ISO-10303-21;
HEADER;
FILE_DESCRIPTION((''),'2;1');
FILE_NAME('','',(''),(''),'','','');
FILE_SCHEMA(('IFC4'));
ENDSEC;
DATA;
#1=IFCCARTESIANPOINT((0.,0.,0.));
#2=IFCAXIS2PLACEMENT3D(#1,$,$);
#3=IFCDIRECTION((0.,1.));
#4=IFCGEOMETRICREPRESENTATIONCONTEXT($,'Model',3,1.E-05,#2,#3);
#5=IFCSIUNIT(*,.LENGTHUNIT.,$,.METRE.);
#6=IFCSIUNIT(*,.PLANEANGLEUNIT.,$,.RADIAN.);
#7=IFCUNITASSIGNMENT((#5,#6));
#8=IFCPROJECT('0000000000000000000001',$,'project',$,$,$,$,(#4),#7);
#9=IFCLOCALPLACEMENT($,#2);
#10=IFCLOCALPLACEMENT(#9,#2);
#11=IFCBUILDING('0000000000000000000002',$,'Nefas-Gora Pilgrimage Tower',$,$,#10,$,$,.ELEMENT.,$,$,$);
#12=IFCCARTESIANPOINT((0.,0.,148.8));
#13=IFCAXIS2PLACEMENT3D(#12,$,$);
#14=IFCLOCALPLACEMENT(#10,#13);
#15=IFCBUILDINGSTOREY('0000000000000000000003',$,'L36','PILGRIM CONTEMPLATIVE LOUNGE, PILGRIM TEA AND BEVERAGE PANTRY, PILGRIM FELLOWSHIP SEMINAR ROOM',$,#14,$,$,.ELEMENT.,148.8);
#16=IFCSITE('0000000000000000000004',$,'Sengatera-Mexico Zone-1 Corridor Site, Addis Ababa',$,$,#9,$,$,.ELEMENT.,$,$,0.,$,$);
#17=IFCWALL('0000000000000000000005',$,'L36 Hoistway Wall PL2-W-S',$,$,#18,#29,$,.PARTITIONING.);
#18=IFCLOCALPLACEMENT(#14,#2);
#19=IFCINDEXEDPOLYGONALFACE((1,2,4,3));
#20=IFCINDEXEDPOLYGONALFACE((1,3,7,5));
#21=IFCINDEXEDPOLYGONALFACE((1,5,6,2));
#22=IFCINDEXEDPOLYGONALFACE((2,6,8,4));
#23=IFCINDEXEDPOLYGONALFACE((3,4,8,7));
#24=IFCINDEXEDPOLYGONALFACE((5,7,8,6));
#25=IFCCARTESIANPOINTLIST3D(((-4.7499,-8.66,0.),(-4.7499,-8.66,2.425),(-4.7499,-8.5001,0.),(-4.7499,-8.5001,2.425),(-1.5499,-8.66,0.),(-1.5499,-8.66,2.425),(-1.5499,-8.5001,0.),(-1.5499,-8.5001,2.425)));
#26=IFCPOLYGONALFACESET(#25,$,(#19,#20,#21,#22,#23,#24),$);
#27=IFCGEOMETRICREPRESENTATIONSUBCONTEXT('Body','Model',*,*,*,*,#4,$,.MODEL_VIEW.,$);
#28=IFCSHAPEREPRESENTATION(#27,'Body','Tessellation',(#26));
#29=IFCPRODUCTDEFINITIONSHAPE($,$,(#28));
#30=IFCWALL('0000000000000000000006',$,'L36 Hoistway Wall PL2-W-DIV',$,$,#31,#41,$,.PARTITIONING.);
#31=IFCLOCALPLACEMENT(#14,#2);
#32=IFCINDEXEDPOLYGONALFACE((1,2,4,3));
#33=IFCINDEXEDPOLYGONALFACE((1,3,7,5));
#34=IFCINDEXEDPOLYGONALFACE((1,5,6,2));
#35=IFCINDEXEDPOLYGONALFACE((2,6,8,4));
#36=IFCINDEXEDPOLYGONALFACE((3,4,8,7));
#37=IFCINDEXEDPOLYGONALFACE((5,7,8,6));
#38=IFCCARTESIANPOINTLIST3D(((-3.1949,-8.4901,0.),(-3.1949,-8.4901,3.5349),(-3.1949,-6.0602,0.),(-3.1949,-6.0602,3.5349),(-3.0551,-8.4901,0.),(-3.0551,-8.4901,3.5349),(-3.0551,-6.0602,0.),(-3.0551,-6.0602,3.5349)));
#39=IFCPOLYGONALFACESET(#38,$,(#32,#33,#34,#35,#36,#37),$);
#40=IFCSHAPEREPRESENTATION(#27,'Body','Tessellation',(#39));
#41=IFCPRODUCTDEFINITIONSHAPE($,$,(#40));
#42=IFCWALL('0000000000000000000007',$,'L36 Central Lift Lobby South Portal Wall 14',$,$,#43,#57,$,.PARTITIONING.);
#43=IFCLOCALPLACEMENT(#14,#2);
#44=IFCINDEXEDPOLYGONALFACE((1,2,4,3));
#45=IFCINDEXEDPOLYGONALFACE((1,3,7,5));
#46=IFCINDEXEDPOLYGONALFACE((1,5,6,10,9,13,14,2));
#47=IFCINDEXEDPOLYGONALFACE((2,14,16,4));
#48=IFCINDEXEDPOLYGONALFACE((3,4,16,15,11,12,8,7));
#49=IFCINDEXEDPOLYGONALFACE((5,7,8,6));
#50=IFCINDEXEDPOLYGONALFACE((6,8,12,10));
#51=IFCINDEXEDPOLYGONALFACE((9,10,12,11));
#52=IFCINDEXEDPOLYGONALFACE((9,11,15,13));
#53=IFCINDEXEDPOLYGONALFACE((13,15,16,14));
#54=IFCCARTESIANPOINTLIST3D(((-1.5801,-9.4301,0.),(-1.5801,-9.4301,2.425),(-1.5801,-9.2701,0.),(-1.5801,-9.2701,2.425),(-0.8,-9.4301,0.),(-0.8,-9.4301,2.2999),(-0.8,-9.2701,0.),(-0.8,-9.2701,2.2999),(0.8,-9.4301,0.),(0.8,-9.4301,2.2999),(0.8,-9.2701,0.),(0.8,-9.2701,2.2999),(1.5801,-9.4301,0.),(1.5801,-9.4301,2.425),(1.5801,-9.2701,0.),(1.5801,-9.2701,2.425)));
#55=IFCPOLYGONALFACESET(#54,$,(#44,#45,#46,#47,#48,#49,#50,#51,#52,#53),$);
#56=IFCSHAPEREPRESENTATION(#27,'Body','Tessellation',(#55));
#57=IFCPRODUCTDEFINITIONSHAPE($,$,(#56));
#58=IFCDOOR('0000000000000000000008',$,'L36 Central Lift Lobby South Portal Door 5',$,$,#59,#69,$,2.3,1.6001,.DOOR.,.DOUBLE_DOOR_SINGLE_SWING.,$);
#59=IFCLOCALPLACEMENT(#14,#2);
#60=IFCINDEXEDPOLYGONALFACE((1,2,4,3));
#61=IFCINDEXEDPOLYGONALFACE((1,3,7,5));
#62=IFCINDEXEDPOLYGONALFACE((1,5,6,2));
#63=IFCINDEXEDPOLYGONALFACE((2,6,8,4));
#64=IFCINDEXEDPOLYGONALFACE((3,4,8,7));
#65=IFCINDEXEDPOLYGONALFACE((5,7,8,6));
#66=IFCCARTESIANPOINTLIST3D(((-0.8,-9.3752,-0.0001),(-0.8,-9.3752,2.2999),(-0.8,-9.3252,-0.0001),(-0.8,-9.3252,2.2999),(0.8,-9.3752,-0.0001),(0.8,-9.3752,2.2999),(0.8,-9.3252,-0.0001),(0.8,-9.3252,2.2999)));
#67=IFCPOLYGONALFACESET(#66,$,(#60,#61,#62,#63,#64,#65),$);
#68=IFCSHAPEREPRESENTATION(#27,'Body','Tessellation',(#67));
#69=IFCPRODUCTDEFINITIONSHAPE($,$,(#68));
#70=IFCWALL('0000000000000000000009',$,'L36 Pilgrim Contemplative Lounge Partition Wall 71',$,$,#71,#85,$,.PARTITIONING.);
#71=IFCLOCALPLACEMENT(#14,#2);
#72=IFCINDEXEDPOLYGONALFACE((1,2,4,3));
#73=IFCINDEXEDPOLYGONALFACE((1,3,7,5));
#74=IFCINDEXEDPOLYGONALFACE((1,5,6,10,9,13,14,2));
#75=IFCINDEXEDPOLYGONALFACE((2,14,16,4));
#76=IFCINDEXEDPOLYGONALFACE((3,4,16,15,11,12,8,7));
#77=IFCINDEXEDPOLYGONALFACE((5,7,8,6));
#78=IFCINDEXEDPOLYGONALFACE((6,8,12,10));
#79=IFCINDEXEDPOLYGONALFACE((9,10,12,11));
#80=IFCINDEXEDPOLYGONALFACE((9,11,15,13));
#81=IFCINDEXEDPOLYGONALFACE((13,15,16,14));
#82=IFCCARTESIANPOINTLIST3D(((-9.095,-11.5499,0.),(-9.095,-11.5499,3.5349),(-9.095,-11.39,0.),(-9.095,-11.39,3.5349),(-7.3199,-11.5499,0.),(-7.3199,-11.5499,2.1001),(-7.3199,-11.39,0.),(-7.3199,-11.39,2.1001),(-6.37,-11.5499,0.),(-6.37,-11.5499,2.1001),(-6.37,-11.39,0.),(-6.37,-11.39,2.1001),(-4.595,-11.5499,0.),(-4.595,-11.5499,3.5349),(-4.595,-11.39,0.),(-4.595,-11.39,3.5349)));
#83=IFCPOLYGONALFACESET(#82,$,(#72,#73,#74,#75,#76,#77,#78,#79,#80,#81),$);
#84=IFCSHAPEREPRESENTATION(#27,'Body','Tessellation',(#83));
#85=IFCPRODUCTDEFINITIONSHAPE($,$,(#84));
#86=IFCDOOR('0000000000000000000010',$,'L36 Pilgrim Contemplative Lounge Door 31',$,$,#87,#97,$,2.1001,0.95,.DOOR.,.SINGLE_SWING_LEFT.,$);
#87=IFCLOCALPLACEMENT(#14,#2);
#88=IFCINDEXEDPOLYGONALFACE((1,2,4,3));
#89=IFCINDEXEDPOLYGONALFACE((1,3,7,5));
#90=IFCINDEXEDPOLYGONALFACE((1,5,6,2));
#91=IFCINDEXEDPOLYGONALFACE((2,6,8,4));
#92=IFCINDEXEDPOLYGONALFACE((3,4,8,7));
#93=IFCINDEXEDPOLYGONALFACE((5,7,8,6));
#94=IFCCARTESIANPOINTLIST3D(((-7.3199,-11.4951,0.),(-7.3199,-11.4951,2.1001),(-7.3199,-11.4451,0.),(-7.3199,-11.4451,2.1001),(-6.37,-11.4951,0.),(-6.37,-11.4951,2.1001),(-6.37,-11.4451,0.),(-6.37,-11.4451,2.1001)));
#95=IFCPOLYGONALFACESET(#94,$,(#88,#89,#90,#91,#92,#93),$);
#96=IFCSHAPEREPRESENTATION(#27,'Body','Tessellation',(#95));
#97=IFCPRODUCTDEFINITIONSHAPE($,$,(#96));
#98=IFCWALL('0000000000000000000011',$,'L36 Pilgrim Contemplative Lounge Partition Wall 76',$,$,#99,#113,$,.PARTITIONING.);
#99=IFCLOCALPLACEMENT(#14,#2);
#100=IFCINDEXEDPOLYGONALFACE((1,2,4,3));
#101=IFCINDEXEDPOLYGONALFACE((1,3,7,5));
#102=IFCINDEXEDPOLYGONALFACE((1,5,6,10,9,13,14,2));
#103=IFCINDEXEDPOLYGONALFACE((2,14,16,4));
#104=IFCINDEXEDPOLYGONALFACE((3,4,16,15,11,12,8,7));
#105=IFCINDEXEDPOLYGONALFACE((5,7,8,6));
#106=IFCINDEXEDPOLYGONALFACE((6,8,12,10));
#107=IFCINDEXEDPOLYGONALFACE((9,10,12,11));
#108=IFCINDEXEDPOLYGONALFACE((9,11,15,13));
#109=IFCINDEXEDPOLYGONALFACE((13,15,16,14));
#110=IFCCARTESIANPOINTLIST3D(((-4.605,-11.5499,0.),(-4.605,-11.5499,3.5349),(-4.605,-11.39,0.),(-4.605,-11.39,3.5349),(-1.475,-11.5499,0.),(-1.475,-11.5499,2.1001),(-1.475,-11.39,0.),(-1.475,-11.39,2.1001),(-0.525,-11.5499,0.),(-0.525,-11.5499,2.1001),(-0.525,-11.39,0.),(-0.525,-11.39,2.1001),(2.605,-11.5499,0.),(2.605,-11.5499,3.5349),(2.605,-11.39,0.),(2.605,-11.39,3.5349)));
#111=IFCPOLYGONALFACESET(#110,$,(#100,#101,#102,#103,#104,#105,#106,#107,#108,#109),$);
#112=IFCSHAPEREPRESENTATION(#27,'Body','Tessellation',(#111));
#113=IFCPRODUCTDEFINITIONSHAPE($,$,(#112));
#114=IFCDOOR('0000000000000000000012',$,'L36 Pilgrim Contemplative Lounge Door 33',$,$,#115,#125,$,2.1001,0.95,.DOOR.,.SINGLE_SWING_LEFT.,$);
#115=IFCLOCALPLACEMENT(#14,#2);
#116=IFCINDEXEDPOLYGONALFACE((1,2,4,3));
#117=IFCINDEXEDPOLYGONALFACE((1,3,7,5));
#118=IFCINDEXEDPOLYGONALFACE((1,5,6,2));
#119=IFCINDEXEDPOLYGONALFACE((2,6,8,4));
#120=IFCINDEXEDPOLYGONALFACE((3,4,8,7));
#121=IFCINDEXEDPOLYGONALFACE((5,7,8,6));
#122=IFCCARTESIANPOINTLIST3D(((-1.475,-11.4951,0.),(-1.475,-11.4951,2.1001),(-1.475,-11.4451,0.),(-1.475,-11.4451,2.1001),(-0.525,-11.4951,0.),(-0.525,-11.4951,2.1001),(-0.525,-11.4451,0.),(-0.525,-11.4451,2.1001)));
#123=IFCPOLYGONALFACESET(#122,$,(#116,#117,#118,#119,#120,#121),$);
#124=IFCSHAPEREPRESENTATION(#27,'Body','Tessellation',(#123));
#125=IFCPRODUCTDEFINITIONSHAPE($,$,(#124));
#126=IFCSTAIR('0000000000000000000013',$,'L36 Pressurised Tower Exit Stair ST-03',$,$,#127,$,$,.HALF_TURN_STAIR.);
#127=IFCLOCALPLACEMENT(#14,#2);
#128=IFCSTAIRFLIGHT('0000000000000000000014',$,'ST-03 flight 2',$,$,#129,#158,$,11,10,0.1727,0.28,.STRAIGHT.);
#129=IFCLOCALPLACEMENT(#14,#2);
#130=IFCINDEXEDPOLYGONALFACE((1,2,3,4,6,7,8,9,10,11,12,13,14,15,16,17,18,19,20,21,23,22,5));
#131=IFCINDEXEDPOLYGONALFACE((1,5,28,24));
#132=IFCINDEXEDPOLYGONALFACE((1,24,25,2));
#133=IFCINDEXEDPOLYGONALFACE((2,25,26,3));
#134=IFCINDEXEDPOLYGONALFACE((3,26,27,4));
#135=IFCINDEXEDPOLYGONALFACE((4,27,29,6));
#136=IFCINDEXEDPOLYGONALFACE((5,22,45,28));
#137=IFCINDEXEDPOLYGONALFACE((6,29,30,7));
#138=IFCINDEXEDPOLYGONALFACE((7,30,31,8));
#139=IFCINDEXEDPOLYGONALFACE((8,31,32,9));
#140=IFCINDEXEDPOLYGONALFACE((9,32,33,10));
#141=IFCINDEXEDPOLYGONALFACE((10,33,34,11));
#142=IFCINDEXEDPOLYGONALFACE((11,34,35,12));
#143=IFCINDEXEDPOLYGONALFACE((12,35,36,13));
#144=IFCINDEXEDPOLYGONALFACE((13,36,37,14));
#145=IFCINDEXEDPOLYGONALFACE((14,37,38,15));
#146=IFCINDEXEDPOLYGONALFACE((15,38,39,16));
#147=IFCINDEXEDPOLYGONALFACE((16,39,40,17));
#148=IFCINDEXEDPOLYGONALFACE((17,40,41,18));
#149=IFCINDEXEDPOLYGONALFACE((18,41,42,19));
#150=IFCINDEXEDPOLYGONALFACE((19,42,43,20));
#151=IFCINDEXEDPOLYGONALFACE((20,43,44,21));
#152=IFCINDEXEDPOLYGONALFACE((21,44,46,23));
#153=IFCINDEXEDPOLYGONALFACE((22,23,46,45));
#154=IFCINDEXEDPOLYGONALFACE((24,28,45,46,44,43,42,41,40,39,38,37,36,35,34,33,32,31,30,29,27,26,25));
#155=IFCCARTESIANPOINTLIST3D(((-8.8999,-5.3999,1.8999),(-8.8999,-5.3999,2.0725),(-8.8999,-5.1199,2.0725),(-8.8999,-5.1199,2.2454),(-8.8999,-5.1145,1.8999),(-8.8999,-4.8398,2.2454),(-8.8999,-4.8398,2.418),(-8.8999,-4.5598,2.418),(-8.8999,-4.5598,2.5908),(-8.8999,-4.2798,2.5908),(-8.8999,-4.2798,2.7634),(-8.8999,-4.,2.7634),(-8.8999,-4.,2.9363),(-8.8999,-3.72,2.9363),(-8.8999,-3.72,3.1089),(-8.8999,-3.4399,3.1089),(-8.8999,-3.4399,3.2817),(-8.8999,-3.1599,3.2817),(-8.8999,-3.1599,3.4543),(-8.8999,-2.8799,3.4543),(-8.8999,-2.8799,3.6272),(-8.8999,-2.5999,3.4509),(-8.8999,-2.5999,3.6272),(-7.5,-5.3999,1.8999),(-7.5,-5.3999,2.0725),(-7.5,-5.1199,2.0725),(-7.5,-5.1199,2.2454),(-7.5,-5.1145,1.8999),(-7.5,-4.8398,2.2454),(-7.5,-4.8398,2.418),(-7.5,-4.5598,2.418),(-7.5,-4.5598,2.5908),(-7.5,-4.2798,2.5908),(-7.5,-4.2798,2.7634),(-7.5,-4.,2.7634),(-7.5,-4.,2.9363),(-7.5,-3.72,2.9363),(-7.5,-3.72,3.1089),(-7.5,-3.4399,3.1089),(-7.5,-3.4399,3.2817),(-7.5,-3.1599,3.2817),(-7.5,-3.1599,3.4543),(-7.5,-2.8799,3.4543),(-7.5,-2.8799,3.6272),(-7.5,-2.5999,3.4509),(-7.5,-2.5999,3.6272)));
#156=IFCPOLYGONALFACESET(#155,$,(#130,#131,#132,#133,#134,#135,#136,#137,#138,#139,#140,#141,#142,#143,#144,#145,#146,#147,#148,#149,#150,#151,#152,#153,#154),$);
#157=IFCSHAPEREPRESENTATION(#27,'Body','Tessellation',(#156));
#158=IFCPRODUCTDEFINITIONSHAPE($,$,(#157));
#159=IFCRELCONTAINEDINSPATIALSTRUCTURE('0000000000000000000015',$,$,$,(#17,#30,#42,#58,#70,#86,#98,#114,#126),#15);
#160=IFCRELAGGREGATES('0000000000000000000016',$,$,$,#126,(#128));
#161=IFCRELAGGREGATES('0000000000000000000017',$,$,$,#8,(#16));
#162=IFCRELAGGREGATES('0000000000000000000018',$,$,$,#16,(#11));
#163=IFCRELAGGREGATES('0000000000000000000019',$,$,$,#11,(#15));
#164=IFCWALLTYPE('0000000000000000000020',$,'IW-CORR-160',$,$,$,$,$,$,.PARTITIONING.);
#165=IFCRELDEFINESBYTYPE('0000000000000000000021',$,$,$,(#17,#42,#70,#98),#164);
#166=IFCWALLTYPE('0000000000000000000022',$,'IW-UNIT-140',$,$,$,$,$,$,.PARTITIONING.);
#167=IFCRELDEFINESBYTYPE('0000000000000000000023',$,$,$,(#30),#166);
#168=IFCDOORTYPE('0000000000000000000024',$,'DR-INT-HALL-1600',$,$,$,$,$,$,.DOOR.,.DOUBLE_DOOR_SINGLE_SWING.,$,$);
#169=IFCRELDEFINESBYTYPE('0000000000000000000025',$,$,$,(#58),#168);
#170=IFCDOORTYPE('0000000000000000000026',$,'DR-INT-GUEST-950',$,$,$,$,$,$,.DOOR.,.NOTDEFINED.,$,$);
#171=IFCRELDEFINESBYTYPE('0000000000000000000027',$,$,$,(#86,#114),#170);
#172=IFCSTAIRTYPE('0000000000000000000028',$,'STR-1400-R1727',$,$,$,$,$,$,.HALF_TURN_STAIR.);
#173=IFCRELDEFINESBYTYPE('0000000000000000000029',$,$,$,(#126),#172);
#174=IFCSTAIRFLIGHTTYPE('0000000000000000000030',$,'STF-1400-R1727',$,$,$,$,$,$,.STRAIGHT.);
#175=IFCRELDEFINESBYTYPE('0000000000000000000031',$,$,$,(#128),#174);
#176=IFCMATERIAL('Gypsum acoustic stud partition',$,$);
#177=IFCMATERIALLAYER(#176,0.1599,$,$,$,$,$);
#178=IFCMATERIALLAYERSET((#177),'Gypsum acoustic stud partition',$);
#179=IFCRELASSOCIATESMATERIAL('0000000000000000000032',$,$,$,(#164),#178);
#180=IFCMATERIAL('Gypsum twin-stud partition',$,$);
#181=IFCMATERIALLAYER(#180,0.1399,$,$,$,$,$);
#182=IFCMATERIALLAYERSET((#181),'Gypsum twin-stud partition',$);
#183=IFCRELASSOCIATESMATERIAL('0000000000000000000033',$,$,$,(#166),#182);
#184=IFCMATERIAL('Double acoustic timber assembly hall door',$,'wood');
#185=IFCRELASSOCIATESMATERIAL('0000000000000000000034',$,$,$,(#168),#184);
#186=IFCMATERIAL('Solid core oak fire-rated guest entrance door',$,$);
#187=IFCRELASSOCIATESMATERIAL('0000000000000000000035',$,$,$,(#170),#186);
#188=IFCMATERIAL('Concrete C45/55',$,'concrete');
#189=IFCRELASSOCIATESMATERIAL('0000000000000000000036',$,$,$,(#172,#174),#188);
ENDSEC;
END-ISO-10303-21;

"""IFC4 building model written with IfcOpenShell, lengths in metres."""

from ifc_helpers import new_model, si_unit, direction, frame, frame_2d, origin, place, context, subcontext, project, spatial, polyline, rectangle, outline, extrude, source, transform, mapped, material, layer, layer_set, type_object, element, fill, aggregate, save


model = new_model("IFC4")

# Units and contexts
model_context = context("Model", 3, precision=1e-05, world=origin(), true_north=direction((0.0, 1.0)))
body_context = subcontext(model_context, "Body", "Model", "MODEL_VIEW")
ifc_project = project(units=[si_unit("LENGTHUNIT", "METRE"), si_unit("PLANEANGLEUNIT", "RADIAN")], contexts=[model_context])

# Site, building, storey
site_placement = place(None, origin())
site = spatial("IfcSite", under=ifc_project, at=site_placement, Name="Sengatera-Mexico Zone-1 Corridor Site, Addis Ababa", CompositionType="ELEMENT", RefElevation=0.0)
building_placement = place(site_placement, origin())
building = spatial("IfcBuilding", under=site, at=building_placement, Name="Nefas-Gora Pilgrimage Tower", CompositionType="ELEMENT")
storey_placement = place(building_placement, frame((0.0, 0.0, 148.8)))
storey = spatial("IfcBuildingStorey", under=building, at=storey_placement, Name="L36", Description="PILGRIM CONTEMPLATIVE LOUNGE, PILGRIM TEA AND BEVERAGE PANTRY, PILGRIM FELLOWSHIP SEMINAR ROOM", CompositionType="ELEMENT", Elevation=148.8)

# Shared definitions
ifc_material_1 = material(Name="Concrete C45/55", Category="concrete")

# Walls
ifc_material_2 = material(Name="Gypsum acoustic stud partition")
ifc_layer_1 = layer(ifc_material_2, 0.1599)
ifc_layer_set_1 = layer_set([ifc_layer_1], Name="Gypsum acoustic stud partition")
wall_type_1 = type_object("IfcWallType", Name="IW-CORR-160", PredefinedType="PARTITIONING", material=ifc_layer_set_1)
shared_shape_1 = source(origin(), body_context, "Body", "SweptSolid", [
    extrude(rectangle(XDim=3.2, YDim=0.1599, at=frame_2d((1.6001, 0.0))), origin(), (0.0, 0.0, 1.0), 2.425),
])
wall_1_placement = place(storey_placement, frame((-4.75, -8.5801, 0.0), z_axis=(0.0, 0.0, 1.0), x_axis=(1.0, 0.0, 0.0)))
element("IfcWall", 1, at=wall_1_placement, inside=storey, type_object=wall_type_1, Name="L36 Hoistway Wall PL2-W-S", PredefinedType="PARTITIONING", context=body_context, shape_type="MappedRepresentation", body=[
    mapped(shared_shape_1, transform((0.0, 0.0, 0.0), x_axis=(1.0, 0.0, 0.0), y_axis=(0.0, 1.0, 0.0), z_axis=(0.0, 0.0, 1.0), scale=1.0)),
])
ifc_material_3 = material(Name="Gypsum twin-stud partition")
ifc_layer_2 = layer(ifc_material_3, 0.1399)
ifc_layer_set_2 = layer_set([ifc_layer_2], Name="Gypsum twin-stud partition")
wall_type_2 = type_object("IfcWallType", Name="IW-UNIT-140", PredefinedType="PARTITIONING", material=ifc_layer_set_2)
shared_shape_2 = source(origin(), body_context, "Body", "SweptSolid", [
    extrude(rectangle(XDim=2.4299, YDim=0.1399, at=frame_2d((1.2148, 0.0))), origin(), (0.0, 0.0, 1.0), 3.5349),
])
wall_2_placement = place(storey_placement, frame((-3.125, -8.49, 0.0), z_axis=(0.0, 0.0, 1.0), x_axis=(0.0, 1.0, 0.0)))
element("IfcWall", 2, at=wall_2_placement, inside=storey, type_object=wall_type_2, Name="L36 Hoistway Wall PL2-W-DIV", PredefinedType="PARTITIONING", context=body_context, shape_type="MappedRepresentation", body=[
    mapped(shared_shape_2, transform((0.0, 0.0, 0.0), x_axis=(1.0, 0.0, 0.0), y_axis=(0.0, 1.0, 0.0), z_axis=(0.0, 0.0, 1.0), scale=1.0)),
])

# Walls, openings, doors
shared_shape_3 = source(origin(), body_context, "Body", "SweptSolid", [
    extrude(rectangle(XDim=3.1602, YDim=0.1599, at=frame_2d((1.5801, 0.0))), origin(), (0.0, 0.0, 1.0), 2.425),
])
wall_3_placement = place(storey_placement, frame((-1.5801, -9.3501, 0.0), z_axis=(0.0, 0.0, 1.0), x_axis=(1.0, 0.0, 0.0)))
wall_3 = element("IfcWall", 3, at=wall_3_placement, inside=storey, type_object=wall_type_1, Name="L36 Central Lift Lobby South Portal Wall 14", PredefinedType="PARTITIONING", context=body_context, shape_type="MappedRepresentation", body=[
    mapped(shared_shape_3, transform((0.0, 0.0, 0.0), x_axis=(1.0, 0.0, 0.0), y_axis=(0.0, 1.0, 0.0), z_axis=(0.0, 0.0, 1.0), scale=1.0)),
])
opening_1_placement = place(wall_3_placement, frame((0.78, 0.0, 0.0)))
opening_1 = element("IfcOpeningElement", 4, at=opening_1_placement, cuts=wall_3, PredefinedType="OPENING", context=body_context, shape_type="SweptSolid", body=[
    extrude(rectangle(XDim=1.6001, YDim=2.3, at=frame_2d((0.8, 1.1499))), frame((0.0, 0.0898, 0.0), z_axis=(0.0, -1.0, 0.0), x_axis=(1.0, 0.0, 0.0)), (0.0, 0.0, 1.0), 0.1799),
])
ifc_material_4 = material(Name="Double acoustic timber assembly hall door", Category="wood")
door_type_1 = type_object("IfcDoorType", Name="DR-INT-HALL-1600", OperationType="DOUBLE_DOOR_SINGLE_SWING", PredefinedType="DOOR", material=ifc_material_4)
shared_shape_4 = source(origin(), body_context, "Body", "SweptSolid", [
    extrude(rectangle(XDim=1.6001, YDim=2.3, at=frame_2d((0.8, 1.1499))), frame((0.0, 0.0249, 0.0), z_axis=(0.0, -1.0, 0.0), x_axis=(1.0, 0.0, 0.0)), (0.0, 0.0, 1.0), 0.05),
])
door_1_placement = place(opening_1_placement, origin())
door_1 = element("IfcDoor", 5, at=door_1_placement, inside=storey, type_object=door_type_1, Name="L36 Central Lift Lobby South Portal Door 5", OperationType="DOUBLE_DOOR_SINGLE_SWING", OverallHeight=2.3, OverallWidth=1.6001, PredefinedType="DOOR", context=body_context, shape_type="MappedRepresentation", body=[
    mapped(shared_shape_4, transform((0.0, 0.0, 0.0), x_axis=(1.0, 0.0, 0.0), y_axis=(0.0, 1.0, 0.0), z_axis=(0.0, 0.0, 1.0), scale=1.0)),
])
fill(opening_1, door_1)
shared_shape_5 = source(origin(), body_context, "Body", "SweptSolid", [
    extrude(rectangle(XDim=4.5, YDim=0.1599, at=frame_2d((2.25, 0.0))), origin(), (0.0, 0.0, 1.0), 3.5349),
])
wall_4_placement = place(storey_placement, frame((-9.095, -11.47, 0.0), z_axis=(0.0, 0.0, 1.0), x_axis=(1.0, 0.0, 0.0)))
wall_4 = element("IfcWall", 6, at=wall_4_placement, inside=storey, type_object=wall_type_1, Name="L36 Pilgrim Contemplative Lounge Partition Wall 71", PredefinedType="PARTITIONING", context=body_context, shape_type="MappedRepresentation", body=[
    mapped(shared_shape_5, transform((0.0, 0.0, 0.0), x_axis=(1.0, 0.0, 0.0), y_axis=(0.0, 1.0, 0.0), z_axis=(0.0, 0.0, 1.0), scale=1.0)),
])
opening_2_placement = place(wall_4_placement, frame((1.7749, 0.0, 0.0)))
opening_2 = element("IfcOpeningElement", 7, at=opening_2_placement, cuts=wall_4, PredefinedType="OPENING", context=body_context, shape_type="SweptSolid", body=[
    extrude(rectangle(XDim=0.95, YDim=2.1001, at=frame_2d((0.4751, 1.05))), frame((0.0, 0.0898, 0.0), z_axis=(0.0, -1.0, 0.0), x_axis=(1.0, 0.0, 0.0)), (0.0, 0.0, 1.0), 0.1799),
])
ifc_material_5 = material(Name="Solid core oak fire-rated guest entrance door")
door_type_2 = type_object("IfcDoorType", Name="DR-INT-GUEST-950", OperationType="NOTDEFINED", PredefinedType="DOOR", material=ifc_material_5)
shared_shape_6 = source(origin(), body_context, "Body", "SweptSolid", [
    extrude(rectangle(XDim=0.95, YDim=2.1001, at=frame_2d((0.4751, 1.05))), frame((0.0, 0.0249, 0.0), z_axis=(0.0, -1.0, 0.0), x_axis=(1.0, 0.0, 0.0)), (0.0, 0.0, 1.0), 0.05),
])
door_2_placement = place(opening_2_placement, origin())
door_2 = element("IfcDoor", 8, at=door_2_placement, inside=storey, type_object=door_type_2, Name="L36 Pilgrim Contemplative Lounge Door 31", OperationType="SINGLE_SWING_LEFT", OverallHeight=2.1001, OverallWidth=0.95, PredefinedType="DOOR", context=body_context, shape_type="MappedRepresentation", body=[
    mapped(shared_shape_6, transform((0.0, 0.0, 0.0), x_axis=(1.0, 0.0, 0.0), y_axis=(0.0, 1.0, 0.0), z_axis=(0.0, 0.0, 1.0), scale=1.0)),
])
fill(opening_2, door_2)
shared_shape_7 = source(origin(), body_context, "Body", "SweptSolid", [
    extrude(rectangle(XDim=7.21, YDim=0.1599, at=frame_2d((3.605, 0.0))), origin(), (0.0, 0.0, 1.0), 3.5349),
])
wall_5_placement = place(storey_placement, frame((-4.605, -11.47, 0.0), z_axis=(0.0, 0.0, 1.0), x_axis=(1.0, 0.0, 0.0)))
wall_5 = element("IfcWall", 9, at=wall_5_placement, inside=storey, type_object=wall_type_1, Name="L36 Pilgrim Contemplative Lounge Partition Wall 76", PredefinedType="PARTITIONING", context=body_context, shape_type="MappedRepresentation", body=[
    mapped(shared_shape_7, transform((0.0, 0.0, 0.0), x_axis=(1.0, 0.0, 0.0), y_axis=(0.0, 1.0, 0.0), z_axis=(0.0, 0.0, 1.0), scale=1.0)),
])
opening_3_placement = place(wall_5_placement, frame((3.1299, 0.0, 0.0)))
opening_3 = element("IfcOpeningElement", 10, at=opening_3_placement, cuts=wall_5, PredefinedType="OPENING", context=body_context, shape_type="SweptSolid", body=[
    extrude(rectangle(XDim=0.95, YDim=2.1001, at=frame_2d((0.4751, 1.05))), frame((0.0, 0.0898, 0.0), z_axis=(0.0, -1.0, 0.0), x_axis=(1.0, 0.0, 0.0)), (0.0, 0.0, 1.0), 0.1799),
])
door_3_placement = place(opening_3_placement, origin())
door_3 = element("IfcDoor", 11, at=door_3_placement, inside=storey, type_object=door_type_2, Name="L36 Pilgrim Contemplative Lounge Door 33", OperationType="SINGLE_SWING_LEFT", OverallHeight=2.1001, OverallWidth=0.95, PredefinedType="DOOR", context=body_context, shape_type="MappedRepresentation", body=[
    mapped(shared_shape_6, transform((0.0, 0.0, 0.0), x_axis=(1.0, 0.0, 0.0), y_axis=(0.0, 1.0, 0.0), z_axis=(0.0, 0.0, 1.0), scale=1.0)),
])
fill(opening_3, door_3)

# Stair, stair flight
stair_type = type_object("IfcStairType", Name="STR-1400-R1727", PredefinedType="HALF_TURN_STAIR", material=ifc_material_1)
stair_placement = place(storey_placement, origin())
stair = element("IfcStair", 12, at=stair_placement, inside=storey, type_object=stair_type, Name="L36 Pressurised Tower Exit Stair ST-03", PredefinedType="HALF_TURN_STAIR")
stair_flight_type = type_object("IfcStairFlightType", Name="STF-1400-R1727", PredefinedType="STRAIGHT", material=ifc_material_1)
shared_shape_8 = source(origin(), body_context, "Body", "SweptSolid", [
    extrude(outline(polyline([(0.0, 0.0), (0.0, 0.1726), (0.28, 0.1726), (0.28, 0.3455), (0.5601, 0.3455), (0.5601, 0.5181), (0.8401, 0.5181), (0.8401, 0.6909), (1.1201, 0.6909), (1.1201, 0.8635), (1.3999, 0.8635), (1.3999, 1.0364), (1.6799, 1.0364), (1.6799, 1.209), (1.96, 1.209), (1.96, 1.3818), (2.24, 1.3818), (2.24, 1.5544), (2.52, 1.5544), (2.52, 1.7273), (2.8, 1.7273), (2.8, 1.8999), (2.8, 1.551), (0.2854, 0.0), (0.0, 0.0)])), frame((0.0, 0.7, 0.0), z_axis=(0.0, -1.0, 0.0), x_axis=(1.0, 0.0, 0.0)), (0.0, 0.0, 1.0), 1.3999),
])
stair_flight_placement = place(storey_placement, frame((-8.2, -5.3999, 1.8999), z_axis=(0.0, 0.0, 1.0), x_axis=(0.0, 1.0, 0.0)))
stair_flight = element("IfcStairFlight", 13, at=stair_flight_placement, type_object=stair_flight_type, Name="ST-03 flight 2", NumberOfRisers=11, NumberOfTreads=10, PredefinedType="STRAIGHT", RiserHeight=0.1727, TreadLength=0.28, context=body_context, shape_type="MappedRepresentation", body=[
    mapped(shared_shape_8, transform((0.0, 0.0, 0.0), x_axis=(1.0, 0.0, 0.0), y_axis=(0.0, 1.0, 0.0), z_axis=(0.0, 0.0, 1.0), scale=1.0)),
])
aggregate(stair, [stair_flight])

save(model, "model.ifc")
